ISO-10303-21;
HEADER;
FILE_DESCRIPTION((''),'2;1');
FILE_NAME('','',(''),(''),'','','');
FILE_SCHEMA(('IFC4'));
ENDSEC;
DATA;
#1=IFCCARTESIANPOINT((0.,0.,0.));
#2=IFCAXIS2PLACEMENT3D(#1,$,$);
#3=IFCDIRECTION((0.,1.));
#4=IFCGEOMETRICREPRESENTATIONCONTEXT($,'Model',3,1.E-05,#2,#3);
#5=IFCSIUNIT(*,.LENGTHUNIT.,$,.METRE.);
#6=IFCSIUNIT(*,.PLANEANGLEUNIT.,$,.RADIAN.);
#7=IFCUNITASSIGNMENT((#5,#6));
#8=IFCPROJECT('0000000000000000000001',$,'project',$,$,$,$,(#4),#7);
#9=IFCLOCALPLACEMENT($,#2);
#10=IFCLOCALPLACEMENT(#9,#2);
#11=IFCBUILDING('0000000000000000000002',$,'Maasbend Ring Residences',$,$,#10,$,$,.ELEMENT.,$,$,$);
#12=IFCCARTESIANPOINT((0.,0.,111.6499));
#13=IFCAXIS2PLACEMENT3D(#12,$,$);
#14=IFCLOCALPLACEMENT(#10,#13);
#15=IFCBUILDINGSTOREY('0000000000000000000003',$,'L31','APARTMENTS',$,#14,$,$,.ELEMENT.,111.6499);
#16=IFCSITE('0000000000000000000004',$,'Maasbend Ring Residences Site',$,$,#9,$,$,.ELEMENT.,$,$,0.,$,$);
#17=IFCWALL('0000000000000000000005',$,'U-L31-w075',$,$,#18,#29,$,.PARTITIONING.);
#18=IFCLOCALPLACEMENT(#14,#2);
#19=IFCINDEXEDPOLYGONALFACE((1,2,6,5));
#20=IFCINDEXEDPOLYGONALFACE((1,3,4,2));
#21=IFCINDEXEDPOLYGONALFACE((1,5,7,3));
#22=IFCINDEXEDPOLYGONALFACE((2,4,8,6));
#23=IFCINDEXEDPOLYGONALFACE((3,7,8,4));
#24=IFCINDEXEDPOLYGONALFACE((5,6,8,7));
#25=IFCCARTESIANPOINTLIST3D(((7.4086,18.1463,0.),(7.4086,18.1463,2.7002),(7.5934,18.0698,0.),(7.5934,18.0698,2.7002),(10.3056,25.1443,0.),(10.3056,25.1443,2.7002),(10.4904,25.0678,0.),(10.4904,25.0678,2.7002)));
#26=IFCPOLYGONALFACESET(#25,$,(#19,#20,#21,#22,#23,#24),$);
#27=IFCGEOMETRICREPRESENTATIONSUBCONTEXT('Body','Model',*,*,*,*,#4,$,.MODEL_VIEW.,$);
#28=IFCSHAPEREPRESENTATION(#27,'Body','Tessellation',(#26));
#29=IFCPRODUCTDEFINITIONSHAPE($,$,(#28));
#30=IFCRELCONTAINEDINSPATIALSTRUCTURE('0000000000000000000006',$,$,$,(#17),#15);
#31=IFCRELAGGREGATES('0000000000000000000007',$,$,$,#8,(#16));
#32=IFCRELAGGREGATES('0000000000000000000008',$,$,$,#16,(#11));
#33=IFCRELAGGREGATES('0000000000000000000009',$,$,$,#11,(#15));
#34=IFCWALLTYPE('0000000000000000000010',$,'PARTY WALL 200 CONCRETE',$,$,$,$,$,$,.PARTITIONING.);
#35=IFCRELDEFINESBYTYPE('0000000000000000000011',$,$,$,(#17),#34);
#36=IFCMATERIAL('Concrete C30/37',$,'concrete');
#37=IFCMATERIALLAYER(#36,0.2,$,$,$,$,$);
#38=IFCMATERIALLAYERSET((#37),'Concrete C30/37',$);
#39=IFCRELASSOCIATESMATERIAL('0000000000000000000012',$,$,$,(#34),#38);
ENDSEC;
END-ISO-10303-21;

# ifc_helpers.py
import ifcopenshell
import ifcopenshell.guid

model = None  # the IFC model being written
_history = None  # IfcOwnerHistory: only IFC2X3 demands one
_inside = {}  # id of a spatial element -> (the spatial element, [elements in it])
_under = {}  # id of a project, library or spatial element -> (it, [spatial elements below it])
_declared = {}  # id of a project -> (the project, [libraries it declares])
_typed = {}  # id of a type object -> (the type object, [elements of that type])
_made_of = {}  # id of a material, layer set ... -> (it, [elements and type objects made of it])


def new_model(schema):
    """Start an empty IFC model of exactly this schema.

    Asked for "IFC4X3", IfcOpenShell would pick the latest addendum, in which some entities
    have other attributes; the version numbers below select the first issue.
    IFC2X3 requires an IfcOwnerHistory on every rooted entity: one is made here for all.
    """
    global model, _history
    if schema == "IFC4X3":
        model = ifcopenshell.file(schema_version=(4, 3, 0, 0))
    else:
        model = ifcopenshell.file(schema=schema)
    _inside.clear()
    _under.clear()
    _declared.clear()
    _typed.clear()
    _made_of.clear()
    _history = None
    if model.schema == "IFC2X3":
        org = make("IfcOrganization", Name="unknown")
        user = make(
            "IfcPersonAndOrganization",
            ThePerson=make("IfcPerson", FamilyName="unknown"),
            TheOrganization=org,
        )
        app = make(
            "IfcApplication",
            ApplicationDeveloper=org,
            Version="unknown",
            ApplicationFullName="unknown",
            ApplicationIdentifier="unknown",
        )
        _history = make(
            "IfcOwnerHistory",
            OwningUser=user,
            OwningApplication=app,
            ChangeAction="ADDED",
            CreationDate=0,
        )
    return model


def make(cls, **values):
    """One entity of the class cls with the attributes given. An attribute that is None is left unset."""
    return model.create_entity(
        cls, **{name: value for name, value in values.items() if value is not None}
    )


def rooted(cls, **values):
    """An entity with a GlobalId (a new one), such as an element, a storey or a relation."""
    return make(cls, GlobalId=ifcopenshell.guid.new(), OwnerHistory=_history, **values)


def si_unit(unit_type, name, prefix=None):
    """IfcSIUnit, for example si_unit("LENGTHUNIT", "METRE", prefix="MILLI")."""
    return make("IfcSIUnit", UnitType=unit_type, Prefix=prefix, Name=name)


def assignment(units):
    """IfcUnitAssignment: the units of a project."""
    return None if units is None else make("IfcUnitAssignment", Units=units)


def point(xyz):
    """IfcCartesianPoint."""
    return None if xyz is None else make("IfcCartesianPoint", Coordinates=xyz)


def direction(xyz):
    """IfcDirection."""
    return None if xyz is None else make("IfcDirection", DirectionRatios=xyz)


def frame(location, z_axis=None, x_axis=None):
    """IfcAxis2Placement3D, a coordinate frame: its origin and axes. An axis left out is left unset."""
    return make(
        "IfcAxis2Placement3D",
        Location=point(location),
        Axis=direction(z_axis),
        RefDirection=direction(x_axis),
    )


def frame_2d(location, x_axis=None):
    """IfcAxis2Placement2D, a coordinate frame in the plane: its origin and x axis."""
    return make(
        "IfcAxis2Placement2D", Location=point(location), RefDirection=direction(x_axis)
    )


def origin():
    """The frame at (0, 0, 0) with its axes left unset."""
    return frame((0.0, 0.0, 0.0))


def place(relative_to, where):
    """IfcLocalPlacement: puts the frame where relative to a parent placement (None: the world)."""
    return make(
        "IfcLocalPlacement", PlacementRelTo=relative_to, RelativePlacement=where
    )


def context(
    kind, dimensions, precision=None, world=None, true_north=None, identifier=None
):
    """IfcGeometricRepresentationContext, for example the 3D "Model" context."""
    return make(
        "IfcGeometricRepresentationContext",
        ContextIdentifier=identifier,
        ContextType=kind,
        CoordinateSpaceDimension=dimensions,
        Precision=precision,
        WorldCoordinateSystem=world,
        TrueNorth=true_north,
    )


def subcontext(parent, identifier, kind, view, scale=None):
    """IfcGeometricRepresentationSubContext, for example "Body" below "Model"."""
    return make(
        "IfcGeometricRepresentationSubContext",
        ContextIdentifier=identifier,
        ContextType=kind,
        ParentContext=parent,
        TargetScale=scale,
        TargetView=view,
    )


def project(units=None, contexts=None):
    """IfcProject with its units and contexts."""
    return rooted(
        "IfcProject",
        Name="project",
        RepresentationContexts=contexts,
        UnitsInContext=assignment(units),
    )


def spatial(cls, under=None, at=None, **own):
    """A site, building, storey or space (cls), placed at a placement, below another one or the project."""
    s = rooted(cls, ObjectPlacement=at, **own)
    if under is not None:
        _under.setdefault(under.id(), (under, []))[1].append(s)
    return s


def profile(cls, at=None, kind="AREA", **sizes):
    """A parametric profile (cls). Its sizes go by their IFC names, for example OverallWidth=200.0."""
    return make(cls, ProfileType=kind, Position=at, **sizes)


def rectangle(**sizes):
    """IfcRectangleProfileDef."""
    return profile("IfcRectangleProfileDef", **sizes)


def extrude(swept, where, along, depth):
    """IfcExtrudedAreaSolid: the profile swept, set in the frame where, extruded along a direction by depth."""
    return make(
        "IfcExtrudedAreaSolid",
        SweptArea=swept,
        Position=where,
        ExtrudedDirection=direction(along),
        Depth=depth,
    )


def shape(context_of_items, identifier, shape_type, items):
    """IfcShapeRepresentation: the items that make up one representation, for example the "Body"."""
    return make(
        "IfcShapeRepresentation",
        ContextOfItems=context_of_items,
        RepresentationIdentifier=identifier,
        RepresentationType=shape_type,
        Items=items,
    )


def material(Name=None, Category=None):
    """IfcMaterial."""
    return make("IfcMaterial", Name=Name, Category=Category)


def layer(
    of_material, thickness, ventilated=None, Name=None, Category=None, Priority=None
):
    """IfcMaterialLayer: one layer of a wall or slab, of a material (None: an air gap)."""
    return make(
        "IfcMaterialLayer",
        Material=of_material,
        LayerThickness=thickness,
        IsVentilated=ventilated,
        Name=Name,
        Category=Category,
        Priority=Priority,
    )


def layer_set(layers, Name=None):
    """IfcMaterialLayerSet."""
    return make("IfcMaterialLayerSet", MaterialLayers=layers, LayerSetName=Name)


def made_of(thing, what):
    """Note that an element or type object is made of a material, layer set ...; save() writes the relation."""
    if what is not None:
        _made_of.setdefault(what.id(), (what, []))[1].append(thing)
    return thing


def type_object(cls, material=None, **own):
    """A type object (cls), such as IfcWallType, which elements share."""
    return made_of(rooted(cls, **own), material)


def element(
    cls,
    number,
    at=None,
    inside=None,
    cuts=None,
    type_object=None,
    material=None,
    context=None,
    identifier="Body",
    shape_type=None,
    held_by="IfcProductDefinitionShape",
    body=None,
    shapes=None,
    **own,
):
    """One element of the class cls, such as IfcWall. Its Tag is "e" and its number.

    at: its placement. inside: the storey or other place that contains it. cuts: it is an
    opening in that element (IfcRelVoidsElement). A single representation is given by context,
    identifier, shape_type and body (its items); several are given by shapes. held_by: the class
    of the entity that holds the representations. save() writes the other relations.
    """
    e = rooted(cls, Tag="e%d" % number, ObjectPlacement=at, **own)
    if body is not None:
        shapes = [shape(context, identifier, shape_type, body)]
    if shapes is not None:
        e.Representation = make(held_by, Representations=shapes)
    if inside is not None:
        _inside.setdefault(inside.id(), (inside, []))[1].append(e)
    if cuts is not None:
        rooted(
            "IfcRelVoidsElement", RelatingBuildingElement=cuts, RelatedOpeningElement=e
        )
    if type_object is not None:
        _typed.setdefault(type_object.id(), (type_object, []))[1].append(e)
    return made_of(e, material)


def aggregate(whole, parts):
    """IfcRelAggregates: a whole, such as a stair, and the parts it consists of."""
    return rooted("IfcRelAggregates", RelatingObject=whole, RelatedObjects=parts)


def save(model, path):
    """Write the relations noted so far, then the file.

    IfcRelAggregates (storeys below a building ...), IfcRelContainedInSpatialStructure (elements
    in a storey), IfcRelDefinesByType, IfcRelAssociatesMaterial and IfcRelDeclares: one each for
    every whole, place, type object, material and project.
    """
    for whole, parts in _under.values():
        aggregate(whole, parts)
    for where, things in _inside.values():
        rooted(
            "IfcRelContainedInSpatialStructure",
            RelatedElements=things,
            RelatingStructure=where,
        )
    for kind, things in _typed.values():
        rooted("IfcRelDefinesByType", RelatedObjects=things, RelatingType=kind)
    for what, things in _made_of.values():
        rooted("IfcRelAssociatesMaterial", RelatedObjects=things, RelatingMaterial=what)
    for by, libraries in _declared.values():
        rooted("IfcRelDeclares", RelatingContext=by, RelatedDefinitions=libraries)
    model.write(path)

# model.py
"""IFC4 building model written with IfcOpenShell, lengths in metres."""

from ifc_helpers import new_model, si_unit, direction, frame, frame_2d, origin, place, context, subcontext, project, spatial, rectangle, extrude, material, layer, layer_set, type_object, element, save


model = new_model("IFC4")

# Units and contexts
model_context = context("Model", 3, precision=1e-05, world=origin(), true_north=direction((0.0, 1.0)))
body_context = subcontext(model_context, "Body", "Model", "MODEL_VIEW")
ifc_project = project(units=[si_unit("LENGTHUNIT", "METRE"), si_unit("PLANEANGLEUNIT", "RADIAN")], contexts=[model_context])

# Site, building, storey
site_placement = place(None, origin())
site = spatial("IfcSite", under=ifc_project, at=site_placement, Name="Maasbend Ring Residences Site", CompositionType="ELEMENT", RefElevation=0.0)
building_placement = place(site_placement, origin())
building = spatial("IfcBuilding", under=site, at=building_placement, Name="Maasbend Ring Residences", CompositionType="ELEMENT")
storey_placement = place(building_placement, frame((0.0, 0.0, 111.6499)))
storey = spatial("IfcBuildingStorey", under=building, at=storey_placement, Name="L31", Description="APARTMENTS", CompositionType="ELEMENT", Elevation=111.6499)

# Wall
ifc_material_1 = material(Name="Concrete C30/37", Category="concrete")
ifc_layer_1 = layer(ifc_material_1, 0.2)
ifc_layer_set_1 = layer_set([ifc_layer_1], Name="Concrete C30/37")
wall_type_1 = type_object("IfcWallType", Name="PARTY WALL 200 CONCRETE", PredefinedType="PARTITIONING", material=ifc_layer_set_1)
wall_1_placement = place(storey_placement, frame((7.501, 18.1079, 0.0), z_axis=(0.0, 0.0, 1.0), x_axis=(0.38249, 0.923959, 0.0)))
element("IfcWall", 1, at=wall_1_placement, inside=storey, type_object=wall_type_1, Name="U-L31-w075", PredefinedType="PARTITIONING", context=body_context, shape_type="SweptSolid", body=[
    extrude(rectangle(XDim=7.574, YDim=0.2, at=frame_2d((3.7871, 0.0))), origin(), (0.0, 0.0, 1.0), 2.7002),
])

save(model, "model.ifc")
